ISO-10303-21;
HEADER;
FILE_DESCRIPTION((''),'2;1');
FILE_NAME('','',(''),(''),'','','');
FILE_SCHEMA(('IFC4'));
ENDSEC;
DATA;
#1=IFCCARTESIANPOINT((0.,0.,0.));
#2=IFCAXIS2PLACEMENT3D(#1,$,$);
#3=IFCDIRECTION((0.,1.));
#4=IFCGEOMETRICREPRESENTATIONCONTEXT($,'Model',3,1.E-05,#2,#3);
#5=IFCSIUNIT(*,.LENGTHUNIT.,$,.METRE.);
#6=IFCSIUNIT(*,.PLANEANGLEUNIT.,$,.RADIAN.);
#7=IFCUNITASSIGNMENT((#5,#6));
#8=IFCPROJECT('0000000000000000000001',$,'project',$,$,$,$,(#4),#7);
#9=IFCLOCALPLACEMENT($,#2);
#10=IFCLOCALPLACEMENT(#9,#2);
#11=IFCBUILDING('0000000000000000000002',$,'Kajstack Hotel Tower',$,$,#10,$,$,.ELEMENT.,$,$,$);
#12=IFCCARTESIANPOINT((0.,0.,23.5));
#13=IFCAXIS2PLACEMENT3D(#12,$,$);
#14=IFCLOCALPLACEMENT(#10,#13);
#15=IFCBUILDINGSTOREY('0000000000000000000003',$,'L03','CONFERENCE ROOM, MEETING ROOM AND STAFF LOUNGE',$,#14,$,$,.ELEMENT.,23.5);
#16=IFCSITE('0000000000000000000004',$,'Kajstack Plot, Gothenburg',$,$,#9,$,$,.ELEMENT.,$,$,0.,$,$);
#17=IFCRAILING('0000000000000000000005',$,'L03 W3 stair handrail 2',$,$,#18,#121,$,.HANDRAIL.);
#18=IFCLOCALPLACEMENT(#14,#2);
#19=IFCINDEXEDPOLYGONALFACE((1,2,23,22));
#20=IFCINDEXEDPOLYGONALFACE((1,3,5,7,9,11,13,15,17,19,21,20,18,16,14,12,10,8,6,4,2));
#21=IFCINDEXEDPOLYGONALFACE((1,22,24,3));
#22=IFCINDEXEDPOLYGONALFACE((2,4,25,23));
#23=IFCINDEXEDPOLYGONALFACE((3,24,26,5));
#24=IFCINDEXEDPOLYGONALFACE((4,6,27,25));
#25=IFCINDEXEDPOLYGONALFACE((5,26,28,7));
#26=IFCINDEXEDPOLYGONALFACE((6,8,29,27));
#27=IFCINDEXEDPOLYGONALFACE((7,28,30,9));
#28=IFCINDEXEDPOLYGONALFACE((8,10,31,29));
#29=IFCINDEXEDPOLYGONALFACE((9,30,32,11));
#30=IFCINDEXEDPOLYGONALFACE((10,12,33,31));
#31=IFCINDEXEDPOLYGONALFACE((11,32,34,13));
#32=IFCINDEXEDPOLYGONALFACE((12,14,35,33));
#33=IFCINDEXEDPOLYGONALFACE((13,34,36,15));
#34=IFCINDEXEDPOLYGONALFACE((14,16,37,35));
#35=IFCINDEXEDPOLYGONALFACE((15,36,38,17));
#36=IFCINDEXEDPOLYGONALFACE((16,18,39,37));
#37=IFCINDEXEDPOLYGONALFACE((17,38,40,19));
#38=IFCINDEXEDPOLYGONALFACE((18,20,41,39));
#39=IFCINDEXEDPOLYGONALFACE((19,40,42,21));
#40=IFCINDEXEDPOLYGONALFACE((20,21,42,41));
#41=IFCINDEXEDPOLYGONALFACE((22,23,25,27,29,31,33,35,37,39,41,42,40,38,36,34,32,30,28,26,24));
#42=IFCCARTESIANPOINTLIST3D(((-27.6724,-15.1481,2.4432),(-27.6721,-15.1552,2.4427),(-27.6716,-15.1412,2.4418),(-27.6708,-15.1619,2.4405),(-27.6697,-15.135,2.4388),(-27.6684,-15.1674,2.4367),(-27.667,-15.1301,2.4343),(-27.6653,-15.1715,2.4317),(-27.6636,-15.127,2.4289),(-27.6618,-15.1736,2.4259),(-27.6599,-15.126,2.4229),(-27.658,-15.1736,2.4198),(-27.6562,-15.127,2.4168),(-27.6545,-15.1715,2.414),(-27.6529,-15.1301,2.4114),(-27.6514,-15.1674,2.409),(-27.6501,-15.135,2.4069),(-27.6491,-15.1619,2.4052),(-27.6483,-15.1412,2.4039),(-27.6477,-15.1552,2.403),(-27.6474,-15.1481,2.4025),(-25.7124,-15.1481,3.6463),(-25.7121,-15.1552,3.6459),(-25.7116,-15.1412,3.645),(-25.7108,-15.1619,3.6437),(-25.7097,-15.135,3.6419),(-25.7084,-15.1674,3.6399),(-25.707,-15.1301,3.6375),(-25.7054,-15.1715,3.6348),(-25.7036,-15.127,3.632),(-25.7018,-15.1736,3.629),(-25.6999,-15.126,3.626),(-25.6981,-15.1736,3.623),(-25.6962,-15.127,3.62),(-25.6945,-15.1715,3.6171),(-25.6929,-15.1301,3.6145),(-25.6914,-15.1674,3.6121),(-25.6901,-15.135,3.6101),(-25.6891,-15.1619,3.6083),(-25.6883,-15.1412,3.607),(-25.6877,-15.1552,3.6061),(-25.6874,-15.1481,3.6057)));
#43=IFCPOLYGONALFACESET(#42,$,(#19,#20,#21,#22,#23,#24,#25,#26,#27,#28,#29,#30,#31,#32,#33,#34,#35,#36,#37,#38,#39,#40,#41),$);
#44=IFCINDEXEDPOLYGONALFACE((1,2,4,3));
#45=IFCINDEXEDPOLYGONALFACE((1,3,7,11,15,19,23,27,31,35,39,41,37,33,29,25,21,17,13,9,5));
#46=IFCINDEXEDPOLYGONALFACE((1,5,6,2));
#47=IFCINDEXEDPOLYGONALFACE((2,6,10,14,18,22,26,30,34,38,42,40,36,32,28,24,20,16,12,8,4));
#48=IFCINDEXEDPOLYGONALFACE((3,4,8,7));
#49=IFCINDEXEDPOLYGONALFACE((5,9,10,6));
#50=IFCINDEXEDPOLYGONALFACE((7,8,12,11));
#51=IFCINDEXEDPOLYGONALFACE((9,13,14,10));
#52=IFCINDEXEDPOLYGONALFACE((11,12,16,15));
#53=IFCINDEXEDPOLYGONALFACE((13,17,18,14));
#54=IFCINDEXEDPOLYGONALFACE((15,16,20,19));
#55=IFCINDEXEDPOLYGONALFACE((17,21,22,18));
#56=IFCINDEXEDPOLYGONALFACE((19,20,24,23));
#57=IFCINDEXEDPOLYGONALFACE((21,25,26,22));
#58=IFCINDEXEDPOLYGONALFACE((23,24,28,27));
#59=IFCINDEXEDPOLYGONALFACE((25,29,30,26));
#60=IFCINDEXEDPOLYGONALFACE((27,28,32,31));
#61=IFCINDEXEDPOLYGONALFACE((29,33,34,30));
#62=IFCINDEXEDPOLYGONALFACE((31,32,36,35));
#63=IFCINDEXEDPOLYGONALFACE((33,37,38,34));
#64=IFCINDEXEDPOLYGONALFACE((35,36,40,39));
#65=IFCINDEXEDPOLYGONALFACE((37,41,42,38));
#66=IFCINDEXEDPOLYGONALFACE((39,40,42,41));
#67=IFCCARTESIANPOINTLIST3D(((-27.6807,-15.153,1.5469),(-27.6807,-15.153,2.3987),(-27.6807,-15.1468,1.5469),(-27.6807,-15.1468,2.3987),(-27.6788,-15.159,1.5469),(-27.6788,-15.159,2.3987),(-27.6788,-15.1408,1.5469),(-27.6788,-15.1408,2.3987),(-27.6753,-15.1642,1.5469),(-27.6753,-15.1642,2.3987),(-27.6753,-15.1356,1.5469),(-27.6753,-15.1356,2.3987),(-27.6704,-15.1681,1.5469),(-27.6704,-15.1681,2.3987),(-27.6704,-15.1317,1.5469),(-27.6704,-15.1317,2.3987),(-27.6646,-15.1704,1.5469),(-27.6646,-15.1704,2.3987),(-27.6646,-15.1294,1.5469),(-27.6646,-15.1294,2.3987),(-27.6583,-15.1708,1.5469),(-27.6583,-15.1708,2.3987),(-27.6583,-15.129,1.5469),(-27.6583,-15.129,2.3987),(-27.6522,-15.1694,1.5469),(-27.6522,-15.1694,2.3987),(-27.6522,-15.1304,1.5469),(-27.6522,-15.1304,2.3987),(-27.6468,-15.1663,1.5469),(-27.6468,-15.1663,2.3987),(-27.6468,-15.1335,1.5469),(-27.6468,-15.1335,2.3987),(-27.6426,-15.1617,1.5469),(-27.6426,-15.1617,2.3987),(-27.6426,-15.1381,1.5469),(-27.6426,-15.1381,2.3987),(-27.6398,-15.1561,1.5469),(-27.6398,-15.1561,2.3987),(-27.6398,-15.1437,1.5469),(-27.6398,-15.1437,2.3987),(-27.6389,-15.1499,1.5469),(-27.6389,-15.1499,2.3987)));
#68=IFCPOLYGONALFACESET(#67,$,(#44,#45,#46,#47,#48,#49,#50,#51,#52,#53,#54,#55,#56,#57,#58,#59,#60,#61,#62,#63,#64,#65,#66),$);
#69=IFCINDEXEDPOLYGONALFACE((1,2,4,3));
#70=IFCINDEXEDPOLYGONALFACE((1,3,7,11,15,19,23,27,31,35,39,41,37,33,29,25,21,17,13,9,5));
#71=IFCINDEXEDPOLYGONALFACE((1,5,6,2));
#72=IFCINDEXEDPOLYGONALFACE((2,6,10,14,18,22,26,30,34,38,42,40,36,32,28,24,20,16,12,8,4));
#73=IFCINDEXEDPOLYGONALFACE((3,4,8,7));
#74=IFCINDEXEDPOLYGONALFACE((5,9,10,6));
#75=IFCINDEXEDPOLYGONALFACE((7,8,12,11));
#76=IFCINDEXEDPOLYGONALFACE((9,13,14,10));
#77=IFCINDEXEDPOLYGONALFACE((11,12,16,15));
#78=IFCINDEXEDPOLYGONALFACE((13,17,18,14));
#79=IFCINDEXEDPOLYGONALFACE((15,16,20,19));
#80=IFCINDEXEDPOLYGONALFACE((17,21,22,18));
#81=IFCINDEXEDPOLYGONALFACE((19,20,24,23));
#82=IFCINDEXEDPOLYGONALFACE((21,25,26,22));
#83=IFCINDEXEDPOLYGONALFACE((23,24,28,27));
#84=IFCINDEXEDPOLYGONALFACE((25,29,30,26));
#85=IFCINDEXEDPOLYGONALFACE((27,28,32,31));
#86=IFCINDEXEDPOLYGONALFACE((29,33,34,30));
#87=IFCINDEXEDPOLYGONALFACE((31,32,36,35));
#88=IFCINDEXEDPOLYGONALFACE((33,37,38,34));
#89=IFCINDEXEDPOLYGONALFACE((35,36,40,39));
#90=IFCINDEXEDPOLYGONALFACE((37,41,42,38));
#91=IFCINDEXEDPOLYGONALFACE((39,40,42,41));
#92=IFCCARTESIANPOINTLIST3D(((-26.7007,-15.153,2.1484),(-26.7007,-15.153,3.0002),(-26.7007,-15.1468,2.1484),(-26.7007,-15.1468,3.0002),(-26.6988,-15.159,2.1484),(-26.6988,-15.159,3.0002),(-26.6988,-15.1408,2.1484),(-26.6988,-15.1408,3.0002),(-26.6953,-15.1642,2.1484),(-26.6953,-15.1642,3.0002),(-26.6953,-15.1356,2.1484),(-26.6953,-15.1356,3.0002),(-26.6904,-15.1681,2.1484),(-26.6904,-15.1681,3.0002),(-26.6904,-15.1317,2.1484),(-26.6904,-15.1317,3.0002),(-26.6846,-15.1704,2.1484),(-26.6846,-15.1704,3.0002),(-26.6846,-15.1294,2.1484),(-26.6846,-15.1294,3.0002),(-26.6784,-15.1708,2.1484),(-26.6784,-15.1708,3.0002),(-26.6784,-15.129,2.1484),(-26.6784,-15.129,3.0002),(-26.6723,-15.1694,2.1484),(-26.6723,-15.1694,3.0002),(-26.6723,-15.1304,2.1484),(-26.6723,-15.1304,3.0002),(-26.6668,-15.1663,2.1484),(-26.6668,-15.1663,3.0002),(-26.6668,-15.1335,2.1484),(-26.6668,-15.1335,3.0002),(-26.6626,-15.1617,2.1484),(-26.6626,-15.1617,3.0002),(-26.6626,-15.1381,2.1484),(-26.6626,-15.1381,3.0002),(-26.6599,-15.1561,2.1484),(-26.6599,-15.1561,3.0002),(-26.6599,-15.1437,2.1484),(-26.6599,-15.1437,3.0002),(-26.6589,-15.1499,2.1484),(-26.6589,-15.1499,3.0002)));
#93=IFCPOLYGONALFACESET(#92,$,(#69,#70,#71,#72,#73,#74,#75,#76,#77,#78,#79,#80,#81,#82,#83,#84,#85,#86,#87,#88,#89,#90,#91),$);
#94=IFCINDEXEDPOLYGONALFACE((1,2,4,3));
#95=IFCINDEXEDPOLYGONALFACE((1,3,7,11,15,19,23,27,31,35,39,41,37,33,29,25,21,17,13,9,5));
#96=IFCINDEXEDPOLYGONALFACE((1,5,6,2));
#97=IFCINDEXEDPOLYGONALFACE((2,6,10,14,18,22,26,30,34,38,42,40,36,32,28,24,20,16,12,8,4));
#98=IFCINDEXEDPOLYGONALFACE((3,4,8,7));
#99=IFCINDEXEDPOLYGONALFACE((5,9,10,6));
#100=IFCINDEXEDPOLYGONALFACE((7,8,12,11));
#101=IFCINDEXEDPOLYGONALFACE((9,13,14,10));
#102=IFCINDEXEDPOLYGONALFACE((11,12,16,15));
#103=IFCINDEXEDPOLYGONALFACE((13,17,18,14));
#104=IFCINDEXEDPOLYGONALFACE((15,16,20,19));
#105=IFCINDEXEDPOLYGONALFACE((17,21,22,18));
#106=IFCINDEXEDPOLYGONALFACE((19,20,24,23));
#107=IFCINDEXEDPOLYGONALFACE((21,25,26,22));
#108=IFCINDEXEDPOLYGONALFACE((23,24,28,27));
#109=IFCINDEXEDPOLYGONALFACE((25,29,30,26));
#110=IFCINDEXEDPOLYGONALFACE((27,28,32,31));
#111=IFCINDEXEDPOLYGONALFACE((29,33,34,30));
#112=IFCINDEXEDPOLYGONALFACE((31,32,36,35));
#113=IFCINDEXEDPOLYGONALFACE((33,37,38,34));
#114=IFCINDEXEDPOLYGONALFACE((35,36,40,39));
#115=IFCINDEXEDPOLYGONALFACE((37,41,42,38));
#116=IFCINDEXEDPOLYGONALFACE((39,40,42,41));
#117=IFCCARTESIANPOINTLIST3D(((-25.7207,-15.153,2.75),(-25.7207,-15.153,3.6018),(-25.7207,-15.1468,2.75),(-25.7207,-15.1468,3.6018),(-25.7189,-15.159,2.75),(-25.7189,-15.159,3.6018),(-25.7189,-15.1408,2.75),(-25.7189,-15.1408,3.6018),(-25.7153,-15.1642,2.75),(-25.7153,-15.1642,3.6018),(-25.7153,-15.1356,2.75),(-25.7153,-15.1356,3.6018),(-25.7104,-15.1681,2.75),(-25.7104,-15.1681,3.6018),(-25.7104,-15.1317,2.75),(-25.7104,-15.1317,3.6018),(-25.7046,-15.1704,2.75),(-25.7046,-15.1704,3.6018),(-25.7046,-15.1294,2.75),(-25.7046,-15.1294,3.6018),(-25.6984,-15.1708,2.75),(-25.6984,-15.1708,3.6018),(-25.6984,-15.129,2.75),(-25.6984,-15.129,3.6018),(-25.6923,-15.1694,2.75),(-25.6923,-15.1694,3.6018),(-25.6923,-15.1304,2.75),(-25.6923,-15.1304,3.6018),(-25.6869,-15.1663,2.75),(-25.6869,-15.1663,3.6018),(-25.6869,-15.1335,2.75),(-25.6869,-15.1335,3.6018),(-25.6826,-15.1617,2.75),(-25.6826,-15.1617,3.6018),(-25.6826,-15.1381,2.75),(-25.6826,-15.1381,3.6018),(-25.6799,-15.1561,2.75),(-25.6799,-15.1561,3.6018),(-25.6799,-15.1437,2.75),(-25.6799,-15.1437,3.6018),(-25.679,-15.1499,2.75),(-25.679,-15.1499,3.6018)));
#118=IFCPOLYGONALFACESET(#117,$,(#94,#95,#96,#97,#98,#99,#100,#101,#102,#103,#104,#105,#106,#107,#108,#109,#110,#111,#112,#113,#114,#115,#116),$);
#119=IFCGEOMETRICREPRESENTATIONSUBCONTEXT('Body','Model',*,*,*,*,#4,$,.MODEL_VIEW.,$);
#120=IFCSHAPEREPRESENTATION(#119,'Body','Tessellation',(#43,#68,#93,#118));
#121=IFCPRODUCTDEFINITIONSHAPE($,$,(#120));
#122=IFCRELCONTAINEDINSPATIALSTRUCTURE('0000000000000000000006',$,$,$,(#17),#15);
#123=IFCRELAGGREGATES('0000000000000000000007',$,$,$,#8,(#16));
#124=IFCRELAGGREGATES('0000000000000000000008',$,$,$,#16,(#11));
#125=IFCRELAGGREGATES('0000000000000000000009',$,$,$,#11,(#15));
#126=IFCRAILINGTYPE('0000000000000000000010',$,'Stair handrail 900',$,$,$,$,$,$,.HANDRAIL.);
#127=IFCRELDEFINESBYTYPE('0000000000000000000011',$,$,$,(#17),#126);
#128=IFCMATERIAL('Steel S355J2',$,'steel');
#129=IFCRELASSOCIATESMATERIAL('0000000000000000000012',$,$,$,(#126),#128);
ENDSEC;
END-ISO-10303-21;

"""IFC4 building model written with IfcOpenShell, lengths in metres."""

from ifc_helpers import new_model, si_unit, direction, frame, origin, origin_2d, place, context, subcontext, project, spatial, circle, extrude, material, type_object, element, save


model = new_model("IFC4")

# Units and contexts
model_context = context("Model", 3, precision=1e-05, world=origin(), true_north=direction((0.0, 1.0)))
body_context = subcontext(model_context, "Body", "Model", "MODEL_VIEW")
ifc_project = project(units=[si_unit("LENGTHUNIT", "METRE"), si_unit("PLANEANGLEUNIT", "RADIAN")], contexts=[model_context])

# Site, building, storey
site_placement = place(None, origin())
site = spatial("IfcSite", under=ifc_project, at=site_placement, Name="Kajstack Plot, Gothenburg", CompositionType="ELEMENT", RefElevation=0.0)
building_placement = place(site_placement, origin())
building = spatial("IfcBuilding", under=site, at=building_placement, Name="Kajstack Hotel Tower", CompositionType="ELEMENT")
storey_placement = place(building_placement, frame((0.0, 0.0, 23.5)))
storey = spatial("IfcBuildingStorey", under=building, at=storey_placement, Name="L03", Description="CONFERENCE ROOM, MEETING ROOM AND STAFF LOUNGE", CompositionType="ELEMENT", Elevation=23.5)

# Railing
ifc_material_1 = material(Name="Steel S355J2", Category="steel")
railing_type_1 = type_object("IfcRailingType", Name="Stair handrail 900", PredefinedType="HANDRAIL", material=ifc_material_1)
railing_1_placement = place(storey_placement, frame((-27.6599, -15.1499, 1.5469)))
element("IfcRailing", 1, at=railing_1_placement, inside=storey, type_object=railing_type_1, Name="L03 W3 stair handrail 2", PredefinedType="HANDRAIL", context=body_context, shape_type="SweptSolid", body=[
    extrude(circle(Radius=0.0239, at=origin_2d()), frame((0.0, 0.0, 0.876), z_axis=(0.852241, 0.0, 0.523149), x_axis=(0.0, 1.0, 0.0)), (0.0, 0.0, 1.0), 2.2998),
    extrude(circle(Radius=0.021, at=origin_2d()), origin(), (0.0, 0.0, 1.0), 0.8518),
    extrude(circle(Radius=0.021, at=origin_2d()), frame((0.98, 0.0, 0.6016)), (0.0, 0.0, 1.0), 0.8518),
    extrude(circle(Radius=0.021, at=origin_2d()), frame((1.96, 0.0, 1.2031)), (0.0, 0.0, 1.0), 0.8518),
])

save(model, "model.ifc")
